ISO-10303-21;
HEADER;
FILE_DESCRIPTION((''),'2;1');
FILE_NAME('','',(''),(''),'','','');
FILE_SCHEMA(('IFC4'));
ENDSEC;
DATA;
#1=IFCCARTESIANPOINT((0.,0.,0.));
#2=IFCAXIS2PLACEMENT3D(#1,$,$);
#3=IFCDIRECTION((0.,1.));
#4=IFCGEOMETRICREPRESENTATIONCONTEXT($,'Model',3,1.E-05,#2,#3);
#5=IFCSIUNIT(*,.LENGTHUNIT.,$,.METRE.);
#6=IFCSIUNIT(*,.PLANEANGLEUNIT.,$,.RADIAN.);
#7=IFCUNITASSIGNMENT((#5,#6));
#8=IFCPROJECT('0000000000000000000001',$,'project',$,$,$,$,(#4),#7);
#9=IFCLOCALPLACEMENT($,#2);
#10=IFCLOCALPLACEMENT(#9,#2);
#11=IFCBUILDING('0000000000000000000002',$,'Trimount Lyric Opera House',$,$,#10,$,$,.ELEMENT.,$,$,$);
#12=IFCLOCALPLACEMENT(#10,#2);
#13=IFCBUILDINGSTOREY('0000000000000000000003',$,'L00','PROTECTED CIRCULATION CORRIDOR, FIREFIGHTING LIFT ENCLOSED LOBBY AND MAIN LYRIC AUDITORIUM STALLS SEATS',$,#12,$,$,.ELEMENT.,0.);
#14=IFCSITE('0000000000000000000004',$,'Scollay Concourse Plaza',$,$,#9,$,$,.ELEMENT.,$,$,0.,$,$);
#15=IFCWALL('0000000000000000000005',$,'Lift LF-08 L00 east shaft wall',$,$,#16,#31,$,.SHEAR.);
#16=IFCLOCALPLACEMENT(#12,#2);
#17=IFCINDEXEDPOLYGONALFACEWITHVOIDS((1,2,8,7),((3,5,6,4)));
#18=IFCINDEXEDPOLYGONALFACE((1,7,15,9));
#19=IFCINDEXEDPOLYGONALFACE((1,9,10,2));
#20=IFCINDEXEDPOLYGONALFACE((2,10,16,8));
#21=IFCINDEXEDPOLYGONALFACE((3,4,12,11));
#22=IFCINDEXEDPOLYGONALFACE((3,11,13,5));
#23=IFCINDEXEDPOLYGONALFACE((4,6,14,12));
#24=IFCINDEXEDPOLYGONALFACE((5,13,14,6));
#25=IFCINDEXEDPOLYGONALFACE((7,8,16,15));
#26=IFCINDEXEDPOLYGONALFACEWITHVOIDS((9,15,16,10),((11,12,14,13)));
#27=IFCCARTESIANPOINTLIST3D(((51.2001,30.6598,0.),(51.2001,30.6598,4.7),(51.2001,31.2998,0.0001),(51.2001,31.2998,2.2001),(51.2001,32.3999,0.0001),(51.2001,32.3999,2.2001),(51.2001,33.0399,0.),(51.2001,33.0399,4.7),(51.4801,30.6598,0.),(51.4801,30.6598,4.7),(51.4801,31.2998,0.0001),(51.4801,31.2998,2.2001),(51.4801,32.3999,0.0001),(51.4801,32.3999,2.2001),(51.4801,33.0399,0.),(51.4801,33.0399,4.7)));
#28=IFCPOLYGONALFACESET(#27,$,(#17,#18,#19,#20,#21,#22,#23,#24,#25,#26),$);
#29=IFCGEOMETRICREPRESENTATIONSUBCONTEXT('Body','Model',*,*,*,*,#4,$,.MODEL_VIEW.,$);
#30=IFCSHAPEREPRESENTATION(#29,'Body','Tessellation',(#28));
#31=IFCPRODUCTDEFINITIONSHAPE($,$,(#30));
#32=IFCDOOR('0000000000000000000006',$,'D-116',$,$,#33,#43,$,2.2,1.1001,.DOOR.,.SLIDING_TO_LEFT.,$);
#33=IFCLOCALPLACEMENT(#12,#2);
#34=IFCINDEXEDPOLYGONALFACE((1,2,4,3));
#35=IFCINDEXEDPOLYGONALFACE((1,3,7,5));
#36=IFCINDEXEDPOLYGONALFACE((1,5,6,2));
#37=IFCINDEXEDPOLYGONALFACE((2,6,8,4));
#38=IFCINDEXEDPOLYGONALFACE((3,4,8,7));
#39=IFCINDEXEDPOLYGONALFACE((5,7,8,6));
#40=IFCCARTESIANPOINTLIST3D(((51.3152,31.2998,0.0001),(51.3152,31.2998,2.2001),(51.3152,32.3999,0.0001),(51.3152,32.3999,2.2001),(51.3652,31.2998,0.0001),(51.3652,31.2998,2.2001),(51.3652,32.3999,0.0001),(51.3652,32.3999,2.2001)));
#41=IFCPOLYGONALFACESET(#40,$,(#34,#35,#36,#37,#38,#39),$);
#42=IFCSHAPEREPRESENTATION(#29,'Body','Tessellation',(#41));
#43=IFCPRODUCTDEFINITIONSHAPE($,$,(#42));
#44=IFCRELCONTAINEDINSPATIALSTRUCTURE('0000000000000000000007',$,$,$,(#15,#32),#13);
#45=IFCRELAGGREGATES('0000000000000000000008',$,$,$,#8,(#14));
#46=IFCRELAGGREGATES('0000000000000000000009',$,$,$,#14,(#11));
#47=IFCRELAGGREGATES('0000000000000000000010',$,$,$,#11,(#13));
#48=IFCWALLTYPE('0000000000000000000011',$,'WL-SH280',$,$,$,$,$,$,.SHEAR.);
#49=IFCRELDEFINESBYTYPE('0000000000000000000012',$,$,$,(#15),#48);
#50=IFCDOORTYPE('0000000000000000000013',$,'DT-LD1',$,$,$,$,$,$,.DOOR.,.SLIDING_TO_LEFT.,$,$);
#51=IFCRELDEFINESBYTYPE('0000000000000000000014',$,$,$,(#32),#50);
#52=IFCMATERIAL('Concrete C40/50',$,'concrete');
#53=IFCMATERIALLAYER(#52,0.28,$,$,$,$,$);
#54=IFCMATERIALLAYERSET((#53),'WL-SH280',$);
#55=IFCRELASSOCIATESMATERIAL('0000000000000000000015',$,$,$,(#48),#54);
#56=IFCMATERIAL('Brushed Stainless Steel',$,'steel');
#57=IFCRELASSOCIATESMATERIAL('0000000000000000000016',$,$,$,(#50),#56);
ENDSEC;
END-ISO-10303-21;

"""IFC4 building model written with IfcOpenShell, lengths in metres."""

from ifc_helpers import new_model, si_unit, direction, frame, frame_2d, origin, place, context, subcontext, project, spatial, rectangle, extrude, material, layer, layer_set, type_object, element, fill, save


model = new_model("IFC4")

# Units and contexts
model_context = context("Model", 3, precision=1e-05, world=origin(), true_north=direction((0.0, 1.0)))
body_context = subcontext(model_context, "Body", "Model", "MODEL_VIEW")
ifc_project = project(units=[si_unit("LENGTHUNIT", "METRE"), si_unit("PLANEANGLEUNIT", "RADIAN")], contexts=[model_context])

# Site, building, storey
site_placement = place(None, origin())
site = spatial("IfcSite", under=ifc_project, at=site_placement, Name="Scollay Concourse Plaza", CompositionType="ELEMENT", RefElevation=0.0)
building_placement = place(site_placement, origin())
building = spatial("IfcBuilding", under=site, at=building_placement, Name="Trimount Lyric Opera House", CompositionType="ELEMENT")
storey_placement = place(building_placement, origin())
storey = spatial("IfcBuildingStorey", under=building, at=storey_placement, Name="L00", Description="PROTECTED CIRCULATION CORRIDOR, FIREFIGHTING LIFT ENCLOSED LOBBY AND MAIN LYRIC AUDITORIUM STALLS SEATS", CompositionType="ELEMENT", Elevation=0.0)

# Shared definitions
ifc_material_1 = material(Name="Concrete C40/50", Category="concrete")
ifc_layer_1 = layer(ifc_material_1, 0.28)
ifc_layer_set_1 = layer_set([ifc_layer_1], Name="WL-SH280")
wall_type_1 = type_object("IfcWallType", Name="WL-SH280", PredefinedType="SHEAR", material=ifc_layer_set_1)

# Wall, opening, door
wall_1_placement = place(storey_placement, frame((51.3401, 30.6599, 0.0), z_axis=(0.0, 0.0, 1.0), x_axis=(0.0, 1.0, 0.0)))
wall_1 = element("IfcWall", 1, at=wall_1_placement, inside=storey, type_object=wall_type_1, Name="Lift LF-08 L00 east shaft wall", PredefinedType="SHEAR", context=body_context, shape_type="SweptSolid", body=[
    extrude(rectangle(XDim=2.3801, YDim=0.28, at=frame_2d((1.1899, 0.0))), origin(), (0.0, 0.0, 1.0), 4.7),
])
opening_1_placement = place(wall_1_placement, frame((0.6399, 0.0, 0.0)))
opening_1 = element("IfcOpeningElement", 2, at=opening_1_placement, cuts=wall_1, PredefinedType="OPENING", context=body_context, shape_type="SweptSolid", body=[
    extrude(rectangle(XDim=1.1001, YDim=2.2, at=frame_2d((0.55, 1.1001))), frame((0.0, 0.1499, 0.0), z_axis=(0.0, -1.0, 0.0), x_axis=(1.0, 0.0, 0.0)), (0.0, 0.0, 1.0), 0.3),
])
ifc_material_2 = material(Name="Brushed Stainless Steel", Category="steel")
door_type_1 = type_object("IfcDoorType", Name="DT-LD1", OperationType="SLIDING_TO_LEFT", PredefinedType="DOOR", material=ifc_material_2)
door_1_placement = place(opening_1_placement, origin())
door_1 = element("IfcDoor", 3, at=door_1_placement, inside=storey, type_object=door_type_1, Name="D-116", OperationType="SLIDING_TO_LEFT", OverallHeight=2.2, OverallWidth=1.1001, PredefinedType="DOOR", context=body_context, shape_type="SweptSolid", body=[
    extrude(rectangle(XDim=1.1001, YDim=2.2, at=frame_2d((0.55, 1.1001))), frame((0.0, 0.0249, 0.0), z_axis=(0.0, -1.0, 0.0), x_axis=(1.0, 0.0, 0.0)), (0.0, 0.0, 1.0), 0.05),
])
fill(opening_1, door_1)

save(model, "model.ifc")
